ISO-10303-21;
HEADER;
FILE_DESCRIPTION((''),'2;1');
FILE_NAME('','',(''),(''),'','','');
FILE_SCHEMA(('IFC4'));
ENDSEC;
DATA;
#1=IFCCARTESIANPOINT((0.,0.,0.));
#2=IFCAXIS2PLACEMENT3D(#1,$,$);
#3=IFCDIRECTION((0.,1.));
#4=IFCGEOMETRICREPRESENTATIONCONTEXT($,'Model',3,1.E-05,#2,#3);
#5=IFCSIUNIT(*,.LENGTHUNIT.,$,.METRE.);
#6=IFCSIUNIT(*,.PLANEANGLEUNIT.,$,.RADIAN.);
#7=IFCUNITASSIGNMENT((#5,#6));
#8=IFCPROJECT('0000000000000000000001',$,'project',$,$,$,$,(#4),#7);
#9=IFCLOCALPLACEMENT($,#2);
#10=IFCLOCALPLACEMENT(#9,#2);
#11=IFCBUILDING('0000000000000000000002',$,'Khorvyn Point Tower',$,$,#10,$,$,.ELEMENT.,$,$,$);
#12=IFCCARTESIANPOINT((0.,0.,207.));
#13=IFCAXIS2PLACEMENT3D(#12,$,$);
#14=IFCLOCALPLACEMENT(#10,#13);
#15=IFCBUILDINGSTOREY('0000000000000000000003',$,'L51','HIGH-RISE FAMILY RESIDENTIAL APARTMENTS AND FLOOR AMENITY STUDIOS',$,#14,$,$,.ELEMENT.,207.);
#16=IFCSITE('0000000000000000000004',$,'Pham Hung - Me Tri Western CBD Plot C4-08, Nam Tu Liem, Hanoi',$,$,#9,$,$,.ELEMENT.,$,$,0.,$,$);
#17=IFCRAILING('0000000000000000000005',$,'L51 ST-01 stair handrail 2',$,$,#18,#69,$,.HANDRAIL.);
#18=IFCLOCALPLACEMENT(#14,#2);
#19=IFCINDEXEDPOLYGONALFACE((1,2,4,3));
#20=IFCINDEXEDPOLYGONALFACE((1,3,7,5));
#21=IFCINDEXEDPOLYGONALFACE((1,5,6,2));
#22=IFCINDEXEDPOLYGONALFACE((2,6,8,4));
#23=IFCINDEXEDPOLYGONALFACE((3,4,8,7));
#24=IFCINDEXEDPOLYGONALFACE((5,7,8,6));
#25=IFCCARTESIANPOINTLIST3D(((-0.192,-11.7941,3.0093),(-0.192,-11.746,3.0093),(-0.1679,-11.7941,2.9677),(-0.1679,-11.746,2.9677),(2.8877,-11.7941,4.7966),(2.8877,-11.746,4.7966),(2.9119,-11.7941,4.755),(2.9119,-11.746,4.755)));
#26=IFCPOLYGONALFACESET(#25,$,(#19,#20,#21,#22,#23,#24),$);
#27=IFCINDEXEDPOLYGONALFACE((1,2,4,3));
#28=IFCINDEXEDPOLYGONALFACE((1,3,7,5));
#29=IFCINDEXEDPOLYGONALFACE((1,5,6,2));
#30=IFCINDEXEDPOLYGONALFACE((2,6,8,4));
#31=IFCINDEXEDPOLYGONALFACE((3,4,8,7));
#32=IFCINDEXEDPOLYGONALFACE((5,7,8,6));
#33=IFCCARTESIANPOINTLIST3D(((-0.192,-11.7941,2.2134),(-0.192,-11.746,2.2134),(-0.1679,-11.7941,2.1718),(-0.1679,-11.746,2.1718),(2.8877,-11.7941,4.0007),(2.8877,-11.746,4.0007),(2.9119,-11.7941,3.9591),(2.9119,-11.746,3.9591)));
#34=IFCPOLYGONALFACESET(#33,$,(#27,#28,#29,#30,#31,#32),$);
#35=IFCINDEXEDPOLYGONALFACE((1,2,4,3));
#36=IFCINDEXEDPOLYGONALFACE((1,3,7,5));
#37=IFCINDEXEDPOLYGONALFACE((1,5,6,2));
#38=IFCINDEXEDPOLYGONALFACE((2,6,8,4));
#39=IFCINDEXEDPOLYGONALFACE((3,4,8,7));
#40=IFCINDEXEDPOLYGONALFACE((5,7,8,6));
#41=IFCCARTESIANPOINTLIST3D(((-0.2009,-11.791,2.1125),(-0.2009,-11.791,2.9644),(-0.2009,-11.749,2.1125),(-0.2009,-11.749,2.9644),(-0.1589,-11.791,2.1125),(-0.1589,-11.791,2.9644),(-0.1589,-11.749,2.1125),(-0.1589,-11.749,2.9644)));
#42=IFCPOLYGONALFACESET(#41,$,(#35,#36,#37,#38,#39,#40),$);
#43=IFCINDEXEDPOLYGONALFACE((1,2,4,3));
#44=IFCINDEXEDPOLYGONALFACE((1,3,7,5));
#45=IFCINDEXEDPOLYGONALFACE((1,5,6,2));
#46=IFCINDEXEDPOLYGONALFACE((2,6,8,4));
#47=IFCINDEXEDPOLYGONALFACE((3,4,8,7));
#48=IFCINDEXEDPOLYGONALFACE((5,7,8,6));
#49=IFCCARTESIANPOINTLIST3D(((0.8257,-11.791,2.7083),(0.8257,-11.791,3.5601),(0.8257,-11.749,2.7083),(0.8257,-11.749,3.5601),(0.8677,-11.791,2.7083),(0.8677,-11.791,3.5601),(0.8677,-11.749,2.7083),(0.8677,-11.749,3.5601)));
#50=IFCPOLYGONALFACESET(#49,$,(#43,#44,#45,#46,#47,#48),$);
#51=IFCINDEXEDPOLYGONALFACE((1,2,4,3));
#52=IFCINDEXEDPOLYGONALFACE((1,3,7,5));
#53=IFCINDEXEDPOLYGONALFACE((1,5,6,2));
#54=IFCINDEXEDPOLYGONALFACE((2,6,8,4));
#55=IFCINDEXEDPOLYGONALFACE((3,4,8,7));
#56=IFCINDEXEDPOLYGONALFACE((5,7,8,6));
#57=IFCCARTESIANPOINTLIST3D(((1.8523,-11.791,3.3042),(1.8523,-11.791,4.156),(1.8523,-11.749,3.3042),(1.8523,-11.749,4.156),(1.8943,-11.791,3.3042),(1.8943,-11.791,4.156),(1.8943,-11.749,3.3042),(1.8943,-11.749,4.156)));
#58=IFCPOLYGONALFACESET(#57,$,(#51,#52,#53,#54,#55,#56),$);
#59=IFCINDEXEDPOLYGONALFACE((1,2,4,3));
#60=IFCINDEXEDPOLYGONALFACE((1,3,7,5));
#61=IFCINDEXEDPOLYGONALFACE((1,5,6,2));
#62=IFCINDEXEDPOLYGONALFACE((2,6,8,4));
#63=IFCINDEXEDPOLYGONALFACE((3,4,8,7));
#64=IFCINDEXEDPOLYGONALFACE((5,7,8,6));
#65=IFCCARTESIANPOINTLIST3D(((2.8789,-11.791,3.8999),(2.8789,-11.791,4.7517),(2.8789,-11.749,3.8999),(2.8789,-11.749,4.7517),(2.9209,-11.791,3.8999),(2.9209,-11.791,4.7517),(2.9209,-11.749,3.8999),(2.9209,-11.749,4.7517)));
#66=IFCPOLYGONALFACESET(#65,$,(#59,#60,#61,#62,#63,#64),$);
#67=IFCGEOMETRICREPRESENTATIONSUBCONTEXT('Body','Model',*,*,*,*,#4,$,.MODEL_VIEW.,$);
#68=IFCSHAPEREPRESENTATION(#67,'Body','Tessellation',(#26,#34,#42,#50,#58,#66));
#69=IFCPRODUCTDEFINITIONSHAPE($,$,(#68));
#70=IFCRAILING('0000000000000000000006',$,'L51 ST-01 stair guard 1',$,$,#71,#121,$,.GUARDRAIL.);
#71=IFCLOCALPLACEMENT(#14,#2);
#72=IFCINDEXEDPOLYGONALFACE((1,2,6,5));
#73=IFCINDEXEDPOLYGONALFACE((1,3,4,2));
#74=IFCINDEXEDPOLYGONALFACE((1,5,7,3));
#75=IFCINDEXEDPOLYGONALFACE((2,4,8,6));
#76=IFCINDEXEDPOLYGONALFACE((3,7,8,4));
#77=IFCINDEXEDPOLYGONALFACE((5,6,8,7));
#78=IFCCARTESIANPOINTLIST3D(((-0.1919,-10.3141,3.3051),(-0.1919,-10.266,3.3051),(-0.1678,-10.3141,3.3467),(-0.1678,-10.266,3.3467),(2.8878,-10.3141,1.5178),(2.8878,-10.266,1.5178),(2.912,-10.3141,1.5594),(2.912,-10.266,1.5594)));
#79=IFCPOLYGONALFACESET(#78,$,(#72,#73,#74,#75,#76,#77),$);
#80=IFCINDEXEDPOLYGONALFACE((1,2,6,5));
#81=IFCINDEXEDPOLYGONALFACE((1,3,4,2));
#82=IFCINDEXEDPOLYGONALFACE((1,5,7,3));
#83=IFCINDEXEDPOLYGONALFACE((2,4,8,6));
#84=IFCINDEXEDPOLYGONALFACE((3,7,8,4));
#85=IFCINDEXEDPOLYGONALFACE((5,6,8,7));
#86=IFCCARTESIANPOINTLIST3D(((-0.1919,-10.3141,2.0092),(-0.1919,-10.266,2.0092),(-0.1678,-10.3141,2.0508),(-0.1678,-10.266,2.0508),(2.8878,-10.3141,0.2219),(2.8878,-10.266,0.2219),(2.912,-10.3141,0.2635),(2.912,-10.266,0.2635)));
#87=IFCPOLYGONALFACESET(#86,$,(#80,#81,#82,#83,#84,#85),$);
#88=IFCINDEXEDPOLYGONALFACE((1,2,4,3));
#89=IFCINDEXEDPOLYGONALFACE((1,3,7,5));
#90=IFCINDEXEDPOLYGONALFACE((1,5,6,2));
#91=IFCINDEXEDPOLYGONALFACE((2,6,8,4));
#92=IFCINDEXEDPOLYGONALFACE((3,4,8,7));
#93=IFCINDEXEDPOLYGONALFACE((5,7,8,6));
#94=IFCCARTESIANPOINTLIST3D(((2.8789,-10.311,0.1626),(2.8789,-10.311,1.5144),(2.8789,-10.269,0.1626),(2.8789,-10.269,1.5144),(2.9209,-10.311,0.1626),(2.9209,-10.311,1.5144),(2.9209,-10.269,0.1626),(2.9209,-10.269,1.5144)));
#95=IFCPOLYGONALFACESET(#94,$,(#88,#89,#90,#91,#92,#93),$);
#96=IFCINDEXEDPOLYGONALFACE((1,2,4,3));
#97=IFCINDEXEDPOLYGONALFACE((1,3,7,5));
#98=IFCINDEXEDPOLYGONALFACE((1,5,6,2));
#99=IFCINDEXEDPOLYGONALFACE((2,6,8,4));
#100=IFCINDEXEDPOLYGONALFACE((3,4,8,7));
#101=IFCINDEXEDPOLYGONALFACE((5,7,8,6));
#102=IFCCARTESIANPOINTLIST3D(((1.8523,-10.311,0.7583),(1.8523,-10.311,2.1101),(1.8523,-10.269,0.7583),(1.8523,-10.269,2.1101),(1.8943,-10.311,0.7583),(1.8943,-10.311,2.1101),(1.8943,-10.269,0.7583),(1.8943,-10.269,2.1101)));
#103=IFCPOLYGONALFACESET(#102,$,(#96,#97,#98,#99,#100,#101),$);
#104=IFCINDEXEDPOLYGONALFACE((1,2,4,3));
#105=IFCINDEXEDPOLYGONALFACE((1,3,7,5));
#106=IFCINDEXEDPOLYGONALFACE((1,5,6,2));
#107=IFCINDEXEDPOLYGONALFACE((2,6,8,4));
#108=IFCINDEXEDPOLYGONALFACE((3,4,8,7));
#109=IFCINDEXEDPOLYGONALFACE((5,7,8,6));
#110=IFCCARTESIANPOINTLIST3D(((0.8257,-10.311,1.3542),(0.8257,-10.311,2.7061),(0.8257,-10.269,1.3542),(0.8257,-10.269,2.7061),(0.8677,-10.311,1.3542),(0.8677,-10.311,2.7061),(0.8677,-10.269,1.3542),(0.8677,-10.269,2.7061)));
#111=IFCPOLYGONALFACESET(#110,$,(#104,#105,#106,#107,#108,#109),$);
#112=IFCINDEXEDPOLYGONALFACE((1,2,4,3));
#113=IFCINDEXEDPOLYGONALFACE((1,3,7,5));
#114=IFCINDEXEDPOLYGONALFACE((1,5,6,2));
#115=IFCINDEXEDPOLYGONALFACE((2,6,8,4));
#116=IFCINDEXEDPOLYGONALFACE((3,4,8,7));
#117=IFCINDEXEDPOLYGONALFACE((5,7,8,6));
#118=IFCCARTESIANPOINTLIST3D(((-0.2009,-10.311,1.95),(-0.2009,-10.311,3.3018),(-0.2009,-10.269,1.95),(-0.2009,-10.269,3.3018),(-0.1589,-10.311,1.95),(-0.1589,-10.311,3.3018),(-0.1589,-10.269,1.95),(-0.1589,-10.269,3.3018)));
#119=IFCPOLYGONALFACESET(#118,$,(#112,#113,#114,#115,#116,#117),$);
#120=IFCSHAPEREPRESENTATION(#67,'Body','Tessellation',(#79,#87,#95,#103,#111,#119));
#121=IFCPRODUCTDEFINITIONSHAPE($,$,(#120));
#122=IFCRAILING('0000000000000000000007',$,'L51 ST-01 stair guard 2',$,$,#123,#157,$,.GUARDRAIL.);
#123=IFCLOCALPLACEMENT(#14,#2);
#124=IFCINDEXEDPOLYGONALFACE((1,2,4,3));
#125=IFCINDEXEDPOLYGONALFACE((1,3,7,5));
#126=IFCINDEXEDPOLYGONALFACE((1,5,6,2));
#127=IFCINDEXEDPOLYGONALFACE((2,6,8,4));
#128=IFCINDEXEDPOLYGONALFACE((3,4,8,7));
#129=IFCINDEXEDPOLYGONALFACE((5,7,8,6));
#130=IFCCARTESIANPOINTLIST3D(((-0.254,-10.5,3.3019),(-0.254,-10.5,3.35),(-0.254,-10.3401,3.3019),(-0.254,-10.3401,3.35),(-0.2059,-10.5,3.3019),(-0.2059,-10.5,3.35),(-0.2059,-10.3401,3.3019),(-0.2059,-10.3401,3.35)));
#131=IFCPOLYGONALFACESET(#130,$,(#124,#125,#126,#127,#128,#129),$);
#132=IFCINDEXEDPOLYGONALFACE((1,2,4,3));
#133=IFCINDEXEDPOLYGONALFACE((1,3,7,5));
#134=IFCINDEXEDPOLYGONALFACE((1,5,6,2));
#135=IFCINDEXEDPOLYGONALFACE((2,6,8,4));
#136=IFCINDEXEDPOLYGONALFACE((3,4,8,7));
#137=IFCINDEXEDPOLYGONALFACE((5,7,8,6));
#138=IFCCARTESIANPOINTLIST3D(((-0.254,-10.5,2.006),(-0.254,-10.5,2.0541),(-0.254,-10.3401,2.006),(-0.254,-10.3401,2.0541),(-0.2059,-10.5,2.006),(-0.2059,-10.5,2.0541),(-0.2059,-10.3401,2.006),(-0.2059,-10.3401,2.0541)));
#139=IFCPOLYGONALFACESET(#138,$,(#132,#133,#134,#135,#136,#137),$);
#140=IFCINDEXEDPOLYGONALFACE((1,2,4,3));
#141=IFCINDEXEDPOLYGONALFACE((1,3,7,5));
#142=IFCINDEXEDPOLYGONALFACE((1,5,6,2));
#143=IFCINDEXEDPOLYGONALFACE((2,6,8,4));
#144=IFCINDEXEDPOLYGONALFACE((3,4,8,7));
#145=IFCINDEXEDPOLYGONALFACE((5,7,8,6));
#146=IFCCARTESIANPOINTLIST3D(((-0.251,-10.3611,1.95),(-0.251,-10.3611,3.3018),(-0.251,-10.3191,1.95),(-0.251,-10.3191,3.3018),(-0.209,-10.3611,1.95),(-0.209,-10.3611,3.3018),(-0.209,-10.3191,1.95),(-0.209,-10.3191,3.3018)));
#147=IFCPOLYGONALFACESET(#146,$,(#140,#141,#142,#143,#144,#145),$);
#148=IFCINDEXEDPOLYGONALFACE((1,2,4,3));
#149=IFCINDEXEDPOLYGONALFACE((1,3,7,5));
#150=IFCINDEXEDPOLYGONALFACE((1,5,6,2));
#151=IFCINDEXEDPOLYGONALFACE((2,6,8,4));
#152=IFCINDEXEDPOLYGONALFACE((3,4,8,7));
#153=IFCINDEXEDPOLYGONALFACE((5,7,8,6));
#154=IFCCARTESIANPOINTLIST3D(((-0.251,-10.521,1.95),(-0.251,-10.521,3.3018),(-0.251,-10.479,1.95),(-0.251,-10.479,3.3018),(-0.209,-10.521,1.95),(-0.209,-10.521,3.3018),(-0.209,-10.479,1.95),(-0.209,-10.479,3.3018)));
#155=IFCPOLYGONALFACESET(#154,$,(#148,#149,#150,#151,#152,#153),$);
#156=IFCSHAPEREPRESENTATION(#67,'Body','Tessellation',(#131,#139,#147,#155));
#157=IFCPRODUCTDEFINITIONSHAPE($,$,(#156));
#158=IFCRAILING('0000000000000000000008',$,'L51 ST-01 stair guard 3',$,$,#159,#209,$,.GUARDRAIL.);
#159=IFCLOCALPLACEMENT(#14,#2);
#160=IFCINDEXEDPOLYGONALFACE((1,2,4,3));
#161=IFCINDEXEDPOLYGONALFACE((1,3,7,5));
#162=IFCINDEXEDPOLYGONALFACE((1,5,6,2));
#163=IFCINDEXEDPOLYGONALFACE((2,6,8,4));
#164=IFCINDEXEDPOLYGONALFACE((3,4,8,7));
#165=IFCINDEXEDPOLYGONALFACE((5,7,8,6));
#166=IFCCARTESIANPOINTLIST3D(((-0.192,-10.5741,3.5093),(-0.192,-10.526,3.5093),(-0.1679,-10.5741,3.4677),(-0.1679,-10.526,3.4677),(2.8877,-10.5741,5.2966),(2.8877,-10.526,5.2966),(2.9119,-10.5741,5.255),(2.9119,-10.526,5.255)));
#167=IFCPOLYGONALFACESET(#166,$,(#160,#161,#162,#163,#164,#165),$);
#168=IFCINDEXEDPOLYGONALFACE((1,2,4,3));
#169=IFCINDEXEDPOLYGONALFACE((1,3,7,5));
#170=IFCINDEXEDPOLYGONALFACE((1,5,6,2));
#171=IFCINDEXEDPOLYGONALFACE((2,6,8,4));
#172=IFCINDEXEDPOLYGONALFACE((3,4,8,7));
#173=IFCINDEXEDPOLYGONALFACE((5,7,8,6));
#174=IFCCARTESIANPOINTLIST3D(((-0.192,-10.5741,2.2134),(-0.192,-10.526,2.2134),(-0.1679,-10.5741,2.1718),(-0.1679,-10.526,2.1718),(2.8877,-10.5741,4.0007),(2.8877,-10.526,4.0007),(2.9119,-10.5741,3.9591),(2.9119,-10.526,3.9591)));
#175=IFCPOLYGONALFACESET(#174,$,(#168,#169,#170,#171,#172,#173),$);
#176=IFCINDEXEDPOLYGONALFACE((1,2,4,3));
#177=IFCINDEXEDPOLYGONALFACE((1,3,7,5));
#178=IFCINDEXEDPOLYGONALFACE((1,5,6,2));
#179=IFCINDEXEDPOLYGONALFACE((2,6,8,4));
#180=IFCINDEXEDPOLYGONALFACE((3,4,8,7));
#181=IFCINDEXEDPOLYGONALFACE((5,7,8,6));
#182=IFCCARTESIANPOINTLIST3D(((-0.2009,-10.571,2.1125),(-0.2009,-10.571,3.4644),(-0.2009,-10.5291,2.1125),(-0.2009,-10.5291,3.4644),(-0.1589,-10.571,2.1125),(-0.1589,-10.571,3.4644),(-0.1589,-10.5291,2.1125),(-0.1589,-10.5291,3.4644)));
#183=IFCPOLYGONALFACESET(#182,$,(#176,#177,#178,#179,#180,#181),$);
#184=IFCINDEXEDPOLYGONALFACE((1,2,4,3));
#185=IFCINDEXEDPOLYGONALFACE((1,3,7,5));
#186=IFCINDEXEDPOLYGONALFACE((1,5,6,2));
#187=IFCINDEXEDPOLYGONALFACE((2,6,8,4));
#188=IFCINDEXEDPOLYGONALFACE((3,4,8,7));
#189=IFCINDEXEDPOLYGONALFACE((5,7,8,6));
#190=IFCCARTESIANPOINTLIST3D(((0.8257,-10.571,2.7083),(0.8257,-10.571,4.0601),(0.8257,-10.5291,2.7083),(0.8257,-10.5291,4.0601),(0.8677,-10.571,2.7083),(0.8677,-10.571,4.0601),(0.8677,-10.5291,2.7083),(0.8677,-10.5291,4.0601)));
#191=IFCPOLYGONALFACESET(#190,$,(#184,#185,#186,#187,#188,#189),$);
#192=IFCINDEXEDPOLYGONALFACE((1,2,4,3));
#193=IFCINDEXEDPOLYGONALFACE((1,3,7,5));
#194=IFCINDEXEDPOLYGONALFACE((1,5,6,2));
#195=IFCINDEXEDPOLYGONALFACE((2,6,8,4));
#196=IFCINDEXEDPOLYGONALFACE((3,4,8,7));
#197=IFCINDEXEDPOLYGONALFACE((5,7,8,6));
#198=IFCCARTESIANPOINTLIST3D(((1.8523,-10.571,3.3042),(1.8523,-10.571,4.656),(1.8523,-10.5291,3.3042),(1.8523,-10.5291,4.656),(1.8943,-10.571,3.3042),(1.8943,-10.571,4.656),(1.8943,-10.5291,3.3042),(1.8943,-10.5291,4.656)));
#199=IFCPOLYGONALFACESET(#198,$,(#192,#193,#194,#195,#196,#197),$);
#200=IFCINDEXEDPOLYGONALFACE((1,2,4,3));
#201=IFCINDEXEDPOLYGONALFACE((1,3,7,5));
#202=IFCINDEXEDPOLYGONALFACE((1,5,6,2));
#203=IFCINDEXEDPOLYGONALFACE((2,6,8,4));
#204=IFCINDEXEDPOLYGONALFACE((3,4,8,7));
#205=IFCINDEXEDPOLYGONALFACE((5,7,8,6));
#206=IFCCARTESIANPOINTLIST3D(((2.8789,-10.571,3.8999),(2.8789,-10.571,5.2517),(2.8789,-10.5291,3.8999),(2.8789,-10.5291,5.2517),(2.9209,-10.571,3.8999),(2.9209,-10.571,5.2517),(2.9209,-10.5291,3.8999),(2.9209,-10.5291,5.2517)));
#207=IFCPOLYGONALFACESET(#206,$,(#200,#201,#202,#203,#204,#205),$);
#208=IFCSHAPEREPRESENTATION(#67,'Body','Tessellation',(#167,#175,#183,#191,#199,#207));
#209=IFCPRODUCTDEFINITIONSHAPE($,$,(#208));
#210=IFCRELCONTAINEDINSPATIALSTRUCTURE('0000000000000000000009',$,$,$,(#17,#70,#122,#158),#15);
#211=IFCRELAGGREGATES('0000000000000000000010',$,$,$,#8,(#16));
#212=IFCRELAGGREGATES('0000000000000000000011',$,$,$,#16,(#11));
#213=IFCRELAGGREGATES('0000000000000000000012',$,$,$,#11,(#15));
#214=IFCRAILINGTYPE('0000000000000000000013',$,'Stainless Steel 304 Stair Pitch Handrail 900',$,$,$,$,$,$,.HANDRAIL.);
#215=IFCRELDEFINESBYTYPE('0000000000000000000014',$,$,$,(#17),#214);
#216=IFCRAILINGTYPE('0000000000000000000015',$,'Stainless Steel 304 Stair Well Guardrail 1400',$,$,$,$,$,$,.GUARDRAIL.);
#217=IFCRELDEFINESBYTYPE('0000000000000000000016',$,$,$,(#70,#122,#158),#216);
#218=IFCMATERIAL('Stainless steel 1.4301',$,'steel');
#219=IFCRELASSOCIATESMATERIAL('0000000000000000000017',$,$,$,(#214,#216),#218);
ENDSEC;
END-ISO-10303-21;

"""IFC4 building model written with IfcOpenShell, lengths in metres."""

from ifc_helpers import new_model, si_unit, direction, frame, origin, origin_2d, place, context, subcontext, project, spatial, rectangle, extrude, material, type_object, element, save


model = new_model("IFC4")

# Units and contexts
model_context = context("Model", 3, precision=1e-05, world=origin(), true_north=direction((0.0, 1.0)))
body_context = subcontext(model_context, "Body", "Model", "MODEL_VIEW")
ifc_project = project(units=[si_unit("LENGTHUNIT", "METRE"), si_unit("PLANEANGLEUNIT", "RADIAN")], contexts=[model_context])

# Site, building, storey
site_placement = place(None, origin())
site = spatial("IfcSite", under=ifc_project, at=site_placement, Name="Pham Hung - Me Tri Western CBD Plot C4-08, Nam Tu Liem, Hanoi", CompositionType="ELEMENT", RefElevation=0.0)
building_placement = place(site_placement, origin())
building = spatial("IfcBuilding", under=site, at=building_placement, Name="Khorvyn Point Tower", CompositionType="ELEMENT")
storey_placement = place(building_placement, frame((0.0, 0.0, 207.0)))
storey = spatial("IfcBuildingStorey", under=building, at=storey_placement, Name="L51", Description="HIGH-RISE FAMILY RESIDENTIAL APARTMENTS AND FLOOR AMENITY STUDIOS", CompositionType="ELEMENT", Elevation=207.0)

# Railings
ifc_material_1 = material(Name="Stainless steel 1.4301", Category="steel")
railing_type_1 = type_object("IfcRailingType", Name="Stainless Steel 304 Stair Pitch Handrail 900", PredefinedType="HANDRAIL", material=ifc_material_1)
railing_1_placement = place(storey_placement, frame((-0.1799, -11.77, 2.1125)))
element("IfcRailing", 1, at=railing_1_placement, inside=storey, type_object=railing_type_1, Name="L51 ST-01 stair handrail 2", PredefinedType="HANDRAIL", context=body_context, shape_type="SweptSolid", body=[
    extrude(rectangle(XDim=0.0481, YDim=0.0481, at=origin_2d()), frame((0.0, 0.0, 0.876), z_axis=(0.864903, 0.0, 0.501939), x_axis=(0.0, 1.0, 0.0)), (0.0, 0.0, 1.0), 3.5608),
    extrude(rectangle(XDim=0.0481, YDim=0.0481, at=origin_2d()), frame((0.0, 0.0, 0.0801), z_axis=(0.864903, 0.0, 0.501939), x_axis=(0.0, 1.0, 0.0)), (0.0, 0.0, 1.0), 3.5608),
    extrude(rectangle(XDim=0.042, YDim=0.042, at=origin_2d()), origin(), (0.0, 0.0, 1.0), 0.8518),
    extrude(rectangle(XDim=0.042, YDim=0.042, at=origin_2d()), frame((1.0266, 0.0, 0.5957)), (0.0, 0.0, 1.0), 0.8518),
    extrude(rectangle(XDim=0.042, YDim=0.042, at=origin_2d()), frame((2.0532, 0.0, 1.1917)), (0.0, 0.0, 1.0), 0.8518),
    extrude(rectangle(XDim=0.042, YDim=0.042, at=origin_2d()), frame((3.0798, 0.0, 1.7874)), (0.0, 0.0, 1.0), 0.8518),
])
railing_type_2 = type_object("IfcRailingType", Name="Stainless Steel 304 Stair Well Guardrail 1400", PredefinedType="GUARDRAIL", material=ifc_material_1)
railing_2_placement = place(storey_placement, frame((2.8999, -10.29, 0.1626)))
element("IfcRailing", 2, at=railing_2_placement, inside=storey, type_object=railing_type_2, Name="L51 ST-01 stair guard 1", PredefinedType="GUARDRAIL", context=body_context, shape_type="SweptSolid", body=[
    extrude(rectangle(XDim=0.0481, YDim=0.0481, at=origin_2d()), frame((0.0, 0.0, 1.376), z_axis=(-0.864903, 0.0, 0.501939), x_axis=(0.0, -1.0, 0.0)), (0.0, 0.0, 1.0), 3.5608),
    extrude(rectangle(XDim=0.0481, YDim=0.0481, at=origin_2d()), frame((0.0, 0.0, 0.0801), z_axis=(-0.864903, 0.0, 0.501939), x_axis=(0.0, -1.0, 0.0)), (0.0, 0.0, 1.0), 3.5608),
    extrude(rectangle(XDim=0.042, YDim=0.042, at=origin_2d()), origin(), (0.0, 0.0, 1.0), 1.3518),
    extrude(rectangle(XDim=0.042, YDim=0.042, at=origin_2d()), frame((-1.0266, 0.0, 0.5957)), (0.0, 0.0, 1.0), 1.3518),
    extrude(rectangle(XDim=0.042, YDim=0.042, at=origin_2d()), frame((-2.0532, 0.0, 1.1917)), (0.0, 0.0, 1.0), 1.3518),
    extrude(rectangle(XDim=0.042, YDim=0.042, at=origin_2d()), frame((-3.0798, 0.0, 1.7874)), (0.0, 0.0, 1.0), 1.3518),
])
railing_3_placement = place(storey_placement, frame((-0.23, -10.3401, 1.95)))
element("IfcRailing", 3, at=railing_3_placement, inside=storey, type_object=railing_type_2, Name="L51 ST-01 stair guard 2", PredefinedType="GUARDRAIL", context=body_context, shape_type="SweptSolid", body=[
    extrude(rectangle(XDim=0.0481, YDim=0.0481, at=origin_2d()), frame((0.0, 0.0, 1.376), z_axis=(0.0, -1.0, 0.0), x_axis=(1.0, 0.0, 0.0)), (0.0, 0.0, 1.0), 0.1599),
    extrude(rectangle(XDim=0.0481, YDim=0.0481, at=origin_2d()), frame((0.0, 0.0, 0.0801), z_axis=(0.0, -1.0, 0.0), x_axis=(1.0, 0.0, 0.0)), (0.0, 0.0, 1.0), 0.1599),
    extrude(rectangle(XDim=0.042, YDim=0.042, at=origin_2d()), origin(), (0.0, 0.0, 1.0), 1.3518),
    extrude(rectangle(XDim=0.042, YDim=0.042, at=origin_2d()), frame((0.0, -0.1599, 0.0)), (0.0, 0.0, 1.0), 1.3518),
])
railing_4_placement = place(storey_placement, frame((-0.1799, -10.55, 2.1125)))
element("IfcRailing", 4, at=railing_4_placement, inside=storey, type_object=railing_type_2, Name="L51 ST-01 stair guard 3", PredefinedType="GUARDRAIL", context=body_context, shape_type="SweptSolid", body=[
    extrude(rectangle(XDim=0.0481, YDim=0.0481, at=origin_2d()), frame((0.0, 0.0, 1.376), z_axis=(0.864903, 0.0, 0.501939), x_axis=(0.0, 1.0, 0.0)), (0.0, 0.0, 1.0), 3.5608),
    extrude(rectangle(XDim=0.0481, YDim=0.0481, at=origin_2d()), frame((0.0, 0.0, 0.0801), z_axis=(0.864903, 0.0, 0.501939), x_axis=(0.0, 1.0, 0.0)), (0.0, 0.0, 1.0), 3.5608),
    extrude(rectangle(XDim=0.042, YDim=0.042, at=origin_2d()), origin(), (0.0, 0.0, 1.0), 1.3518),
    extrude(rectangle(XDim=0.042, YDim=0.042, at=origin_2d()), frame((1.0266, 0.0, 0.5957)), (0.0, 0.0, 1.0), 1.3518),
    extrude(rectangle(XDim=0.042, YDim=0.042, at=origin_2d()), frame((2.0532, 0.0, 1.1917)), (0.0, 0.0, 1.0), 1.3518),
    extrude(rectangle(XDim=0.042, YDim=0.042, at=origin_2d()), frame((3.0798, 0.0, 1.7874)), (0.0, 0.0, 1.0), 1.3518),
])

save(model, "model.ifc")
